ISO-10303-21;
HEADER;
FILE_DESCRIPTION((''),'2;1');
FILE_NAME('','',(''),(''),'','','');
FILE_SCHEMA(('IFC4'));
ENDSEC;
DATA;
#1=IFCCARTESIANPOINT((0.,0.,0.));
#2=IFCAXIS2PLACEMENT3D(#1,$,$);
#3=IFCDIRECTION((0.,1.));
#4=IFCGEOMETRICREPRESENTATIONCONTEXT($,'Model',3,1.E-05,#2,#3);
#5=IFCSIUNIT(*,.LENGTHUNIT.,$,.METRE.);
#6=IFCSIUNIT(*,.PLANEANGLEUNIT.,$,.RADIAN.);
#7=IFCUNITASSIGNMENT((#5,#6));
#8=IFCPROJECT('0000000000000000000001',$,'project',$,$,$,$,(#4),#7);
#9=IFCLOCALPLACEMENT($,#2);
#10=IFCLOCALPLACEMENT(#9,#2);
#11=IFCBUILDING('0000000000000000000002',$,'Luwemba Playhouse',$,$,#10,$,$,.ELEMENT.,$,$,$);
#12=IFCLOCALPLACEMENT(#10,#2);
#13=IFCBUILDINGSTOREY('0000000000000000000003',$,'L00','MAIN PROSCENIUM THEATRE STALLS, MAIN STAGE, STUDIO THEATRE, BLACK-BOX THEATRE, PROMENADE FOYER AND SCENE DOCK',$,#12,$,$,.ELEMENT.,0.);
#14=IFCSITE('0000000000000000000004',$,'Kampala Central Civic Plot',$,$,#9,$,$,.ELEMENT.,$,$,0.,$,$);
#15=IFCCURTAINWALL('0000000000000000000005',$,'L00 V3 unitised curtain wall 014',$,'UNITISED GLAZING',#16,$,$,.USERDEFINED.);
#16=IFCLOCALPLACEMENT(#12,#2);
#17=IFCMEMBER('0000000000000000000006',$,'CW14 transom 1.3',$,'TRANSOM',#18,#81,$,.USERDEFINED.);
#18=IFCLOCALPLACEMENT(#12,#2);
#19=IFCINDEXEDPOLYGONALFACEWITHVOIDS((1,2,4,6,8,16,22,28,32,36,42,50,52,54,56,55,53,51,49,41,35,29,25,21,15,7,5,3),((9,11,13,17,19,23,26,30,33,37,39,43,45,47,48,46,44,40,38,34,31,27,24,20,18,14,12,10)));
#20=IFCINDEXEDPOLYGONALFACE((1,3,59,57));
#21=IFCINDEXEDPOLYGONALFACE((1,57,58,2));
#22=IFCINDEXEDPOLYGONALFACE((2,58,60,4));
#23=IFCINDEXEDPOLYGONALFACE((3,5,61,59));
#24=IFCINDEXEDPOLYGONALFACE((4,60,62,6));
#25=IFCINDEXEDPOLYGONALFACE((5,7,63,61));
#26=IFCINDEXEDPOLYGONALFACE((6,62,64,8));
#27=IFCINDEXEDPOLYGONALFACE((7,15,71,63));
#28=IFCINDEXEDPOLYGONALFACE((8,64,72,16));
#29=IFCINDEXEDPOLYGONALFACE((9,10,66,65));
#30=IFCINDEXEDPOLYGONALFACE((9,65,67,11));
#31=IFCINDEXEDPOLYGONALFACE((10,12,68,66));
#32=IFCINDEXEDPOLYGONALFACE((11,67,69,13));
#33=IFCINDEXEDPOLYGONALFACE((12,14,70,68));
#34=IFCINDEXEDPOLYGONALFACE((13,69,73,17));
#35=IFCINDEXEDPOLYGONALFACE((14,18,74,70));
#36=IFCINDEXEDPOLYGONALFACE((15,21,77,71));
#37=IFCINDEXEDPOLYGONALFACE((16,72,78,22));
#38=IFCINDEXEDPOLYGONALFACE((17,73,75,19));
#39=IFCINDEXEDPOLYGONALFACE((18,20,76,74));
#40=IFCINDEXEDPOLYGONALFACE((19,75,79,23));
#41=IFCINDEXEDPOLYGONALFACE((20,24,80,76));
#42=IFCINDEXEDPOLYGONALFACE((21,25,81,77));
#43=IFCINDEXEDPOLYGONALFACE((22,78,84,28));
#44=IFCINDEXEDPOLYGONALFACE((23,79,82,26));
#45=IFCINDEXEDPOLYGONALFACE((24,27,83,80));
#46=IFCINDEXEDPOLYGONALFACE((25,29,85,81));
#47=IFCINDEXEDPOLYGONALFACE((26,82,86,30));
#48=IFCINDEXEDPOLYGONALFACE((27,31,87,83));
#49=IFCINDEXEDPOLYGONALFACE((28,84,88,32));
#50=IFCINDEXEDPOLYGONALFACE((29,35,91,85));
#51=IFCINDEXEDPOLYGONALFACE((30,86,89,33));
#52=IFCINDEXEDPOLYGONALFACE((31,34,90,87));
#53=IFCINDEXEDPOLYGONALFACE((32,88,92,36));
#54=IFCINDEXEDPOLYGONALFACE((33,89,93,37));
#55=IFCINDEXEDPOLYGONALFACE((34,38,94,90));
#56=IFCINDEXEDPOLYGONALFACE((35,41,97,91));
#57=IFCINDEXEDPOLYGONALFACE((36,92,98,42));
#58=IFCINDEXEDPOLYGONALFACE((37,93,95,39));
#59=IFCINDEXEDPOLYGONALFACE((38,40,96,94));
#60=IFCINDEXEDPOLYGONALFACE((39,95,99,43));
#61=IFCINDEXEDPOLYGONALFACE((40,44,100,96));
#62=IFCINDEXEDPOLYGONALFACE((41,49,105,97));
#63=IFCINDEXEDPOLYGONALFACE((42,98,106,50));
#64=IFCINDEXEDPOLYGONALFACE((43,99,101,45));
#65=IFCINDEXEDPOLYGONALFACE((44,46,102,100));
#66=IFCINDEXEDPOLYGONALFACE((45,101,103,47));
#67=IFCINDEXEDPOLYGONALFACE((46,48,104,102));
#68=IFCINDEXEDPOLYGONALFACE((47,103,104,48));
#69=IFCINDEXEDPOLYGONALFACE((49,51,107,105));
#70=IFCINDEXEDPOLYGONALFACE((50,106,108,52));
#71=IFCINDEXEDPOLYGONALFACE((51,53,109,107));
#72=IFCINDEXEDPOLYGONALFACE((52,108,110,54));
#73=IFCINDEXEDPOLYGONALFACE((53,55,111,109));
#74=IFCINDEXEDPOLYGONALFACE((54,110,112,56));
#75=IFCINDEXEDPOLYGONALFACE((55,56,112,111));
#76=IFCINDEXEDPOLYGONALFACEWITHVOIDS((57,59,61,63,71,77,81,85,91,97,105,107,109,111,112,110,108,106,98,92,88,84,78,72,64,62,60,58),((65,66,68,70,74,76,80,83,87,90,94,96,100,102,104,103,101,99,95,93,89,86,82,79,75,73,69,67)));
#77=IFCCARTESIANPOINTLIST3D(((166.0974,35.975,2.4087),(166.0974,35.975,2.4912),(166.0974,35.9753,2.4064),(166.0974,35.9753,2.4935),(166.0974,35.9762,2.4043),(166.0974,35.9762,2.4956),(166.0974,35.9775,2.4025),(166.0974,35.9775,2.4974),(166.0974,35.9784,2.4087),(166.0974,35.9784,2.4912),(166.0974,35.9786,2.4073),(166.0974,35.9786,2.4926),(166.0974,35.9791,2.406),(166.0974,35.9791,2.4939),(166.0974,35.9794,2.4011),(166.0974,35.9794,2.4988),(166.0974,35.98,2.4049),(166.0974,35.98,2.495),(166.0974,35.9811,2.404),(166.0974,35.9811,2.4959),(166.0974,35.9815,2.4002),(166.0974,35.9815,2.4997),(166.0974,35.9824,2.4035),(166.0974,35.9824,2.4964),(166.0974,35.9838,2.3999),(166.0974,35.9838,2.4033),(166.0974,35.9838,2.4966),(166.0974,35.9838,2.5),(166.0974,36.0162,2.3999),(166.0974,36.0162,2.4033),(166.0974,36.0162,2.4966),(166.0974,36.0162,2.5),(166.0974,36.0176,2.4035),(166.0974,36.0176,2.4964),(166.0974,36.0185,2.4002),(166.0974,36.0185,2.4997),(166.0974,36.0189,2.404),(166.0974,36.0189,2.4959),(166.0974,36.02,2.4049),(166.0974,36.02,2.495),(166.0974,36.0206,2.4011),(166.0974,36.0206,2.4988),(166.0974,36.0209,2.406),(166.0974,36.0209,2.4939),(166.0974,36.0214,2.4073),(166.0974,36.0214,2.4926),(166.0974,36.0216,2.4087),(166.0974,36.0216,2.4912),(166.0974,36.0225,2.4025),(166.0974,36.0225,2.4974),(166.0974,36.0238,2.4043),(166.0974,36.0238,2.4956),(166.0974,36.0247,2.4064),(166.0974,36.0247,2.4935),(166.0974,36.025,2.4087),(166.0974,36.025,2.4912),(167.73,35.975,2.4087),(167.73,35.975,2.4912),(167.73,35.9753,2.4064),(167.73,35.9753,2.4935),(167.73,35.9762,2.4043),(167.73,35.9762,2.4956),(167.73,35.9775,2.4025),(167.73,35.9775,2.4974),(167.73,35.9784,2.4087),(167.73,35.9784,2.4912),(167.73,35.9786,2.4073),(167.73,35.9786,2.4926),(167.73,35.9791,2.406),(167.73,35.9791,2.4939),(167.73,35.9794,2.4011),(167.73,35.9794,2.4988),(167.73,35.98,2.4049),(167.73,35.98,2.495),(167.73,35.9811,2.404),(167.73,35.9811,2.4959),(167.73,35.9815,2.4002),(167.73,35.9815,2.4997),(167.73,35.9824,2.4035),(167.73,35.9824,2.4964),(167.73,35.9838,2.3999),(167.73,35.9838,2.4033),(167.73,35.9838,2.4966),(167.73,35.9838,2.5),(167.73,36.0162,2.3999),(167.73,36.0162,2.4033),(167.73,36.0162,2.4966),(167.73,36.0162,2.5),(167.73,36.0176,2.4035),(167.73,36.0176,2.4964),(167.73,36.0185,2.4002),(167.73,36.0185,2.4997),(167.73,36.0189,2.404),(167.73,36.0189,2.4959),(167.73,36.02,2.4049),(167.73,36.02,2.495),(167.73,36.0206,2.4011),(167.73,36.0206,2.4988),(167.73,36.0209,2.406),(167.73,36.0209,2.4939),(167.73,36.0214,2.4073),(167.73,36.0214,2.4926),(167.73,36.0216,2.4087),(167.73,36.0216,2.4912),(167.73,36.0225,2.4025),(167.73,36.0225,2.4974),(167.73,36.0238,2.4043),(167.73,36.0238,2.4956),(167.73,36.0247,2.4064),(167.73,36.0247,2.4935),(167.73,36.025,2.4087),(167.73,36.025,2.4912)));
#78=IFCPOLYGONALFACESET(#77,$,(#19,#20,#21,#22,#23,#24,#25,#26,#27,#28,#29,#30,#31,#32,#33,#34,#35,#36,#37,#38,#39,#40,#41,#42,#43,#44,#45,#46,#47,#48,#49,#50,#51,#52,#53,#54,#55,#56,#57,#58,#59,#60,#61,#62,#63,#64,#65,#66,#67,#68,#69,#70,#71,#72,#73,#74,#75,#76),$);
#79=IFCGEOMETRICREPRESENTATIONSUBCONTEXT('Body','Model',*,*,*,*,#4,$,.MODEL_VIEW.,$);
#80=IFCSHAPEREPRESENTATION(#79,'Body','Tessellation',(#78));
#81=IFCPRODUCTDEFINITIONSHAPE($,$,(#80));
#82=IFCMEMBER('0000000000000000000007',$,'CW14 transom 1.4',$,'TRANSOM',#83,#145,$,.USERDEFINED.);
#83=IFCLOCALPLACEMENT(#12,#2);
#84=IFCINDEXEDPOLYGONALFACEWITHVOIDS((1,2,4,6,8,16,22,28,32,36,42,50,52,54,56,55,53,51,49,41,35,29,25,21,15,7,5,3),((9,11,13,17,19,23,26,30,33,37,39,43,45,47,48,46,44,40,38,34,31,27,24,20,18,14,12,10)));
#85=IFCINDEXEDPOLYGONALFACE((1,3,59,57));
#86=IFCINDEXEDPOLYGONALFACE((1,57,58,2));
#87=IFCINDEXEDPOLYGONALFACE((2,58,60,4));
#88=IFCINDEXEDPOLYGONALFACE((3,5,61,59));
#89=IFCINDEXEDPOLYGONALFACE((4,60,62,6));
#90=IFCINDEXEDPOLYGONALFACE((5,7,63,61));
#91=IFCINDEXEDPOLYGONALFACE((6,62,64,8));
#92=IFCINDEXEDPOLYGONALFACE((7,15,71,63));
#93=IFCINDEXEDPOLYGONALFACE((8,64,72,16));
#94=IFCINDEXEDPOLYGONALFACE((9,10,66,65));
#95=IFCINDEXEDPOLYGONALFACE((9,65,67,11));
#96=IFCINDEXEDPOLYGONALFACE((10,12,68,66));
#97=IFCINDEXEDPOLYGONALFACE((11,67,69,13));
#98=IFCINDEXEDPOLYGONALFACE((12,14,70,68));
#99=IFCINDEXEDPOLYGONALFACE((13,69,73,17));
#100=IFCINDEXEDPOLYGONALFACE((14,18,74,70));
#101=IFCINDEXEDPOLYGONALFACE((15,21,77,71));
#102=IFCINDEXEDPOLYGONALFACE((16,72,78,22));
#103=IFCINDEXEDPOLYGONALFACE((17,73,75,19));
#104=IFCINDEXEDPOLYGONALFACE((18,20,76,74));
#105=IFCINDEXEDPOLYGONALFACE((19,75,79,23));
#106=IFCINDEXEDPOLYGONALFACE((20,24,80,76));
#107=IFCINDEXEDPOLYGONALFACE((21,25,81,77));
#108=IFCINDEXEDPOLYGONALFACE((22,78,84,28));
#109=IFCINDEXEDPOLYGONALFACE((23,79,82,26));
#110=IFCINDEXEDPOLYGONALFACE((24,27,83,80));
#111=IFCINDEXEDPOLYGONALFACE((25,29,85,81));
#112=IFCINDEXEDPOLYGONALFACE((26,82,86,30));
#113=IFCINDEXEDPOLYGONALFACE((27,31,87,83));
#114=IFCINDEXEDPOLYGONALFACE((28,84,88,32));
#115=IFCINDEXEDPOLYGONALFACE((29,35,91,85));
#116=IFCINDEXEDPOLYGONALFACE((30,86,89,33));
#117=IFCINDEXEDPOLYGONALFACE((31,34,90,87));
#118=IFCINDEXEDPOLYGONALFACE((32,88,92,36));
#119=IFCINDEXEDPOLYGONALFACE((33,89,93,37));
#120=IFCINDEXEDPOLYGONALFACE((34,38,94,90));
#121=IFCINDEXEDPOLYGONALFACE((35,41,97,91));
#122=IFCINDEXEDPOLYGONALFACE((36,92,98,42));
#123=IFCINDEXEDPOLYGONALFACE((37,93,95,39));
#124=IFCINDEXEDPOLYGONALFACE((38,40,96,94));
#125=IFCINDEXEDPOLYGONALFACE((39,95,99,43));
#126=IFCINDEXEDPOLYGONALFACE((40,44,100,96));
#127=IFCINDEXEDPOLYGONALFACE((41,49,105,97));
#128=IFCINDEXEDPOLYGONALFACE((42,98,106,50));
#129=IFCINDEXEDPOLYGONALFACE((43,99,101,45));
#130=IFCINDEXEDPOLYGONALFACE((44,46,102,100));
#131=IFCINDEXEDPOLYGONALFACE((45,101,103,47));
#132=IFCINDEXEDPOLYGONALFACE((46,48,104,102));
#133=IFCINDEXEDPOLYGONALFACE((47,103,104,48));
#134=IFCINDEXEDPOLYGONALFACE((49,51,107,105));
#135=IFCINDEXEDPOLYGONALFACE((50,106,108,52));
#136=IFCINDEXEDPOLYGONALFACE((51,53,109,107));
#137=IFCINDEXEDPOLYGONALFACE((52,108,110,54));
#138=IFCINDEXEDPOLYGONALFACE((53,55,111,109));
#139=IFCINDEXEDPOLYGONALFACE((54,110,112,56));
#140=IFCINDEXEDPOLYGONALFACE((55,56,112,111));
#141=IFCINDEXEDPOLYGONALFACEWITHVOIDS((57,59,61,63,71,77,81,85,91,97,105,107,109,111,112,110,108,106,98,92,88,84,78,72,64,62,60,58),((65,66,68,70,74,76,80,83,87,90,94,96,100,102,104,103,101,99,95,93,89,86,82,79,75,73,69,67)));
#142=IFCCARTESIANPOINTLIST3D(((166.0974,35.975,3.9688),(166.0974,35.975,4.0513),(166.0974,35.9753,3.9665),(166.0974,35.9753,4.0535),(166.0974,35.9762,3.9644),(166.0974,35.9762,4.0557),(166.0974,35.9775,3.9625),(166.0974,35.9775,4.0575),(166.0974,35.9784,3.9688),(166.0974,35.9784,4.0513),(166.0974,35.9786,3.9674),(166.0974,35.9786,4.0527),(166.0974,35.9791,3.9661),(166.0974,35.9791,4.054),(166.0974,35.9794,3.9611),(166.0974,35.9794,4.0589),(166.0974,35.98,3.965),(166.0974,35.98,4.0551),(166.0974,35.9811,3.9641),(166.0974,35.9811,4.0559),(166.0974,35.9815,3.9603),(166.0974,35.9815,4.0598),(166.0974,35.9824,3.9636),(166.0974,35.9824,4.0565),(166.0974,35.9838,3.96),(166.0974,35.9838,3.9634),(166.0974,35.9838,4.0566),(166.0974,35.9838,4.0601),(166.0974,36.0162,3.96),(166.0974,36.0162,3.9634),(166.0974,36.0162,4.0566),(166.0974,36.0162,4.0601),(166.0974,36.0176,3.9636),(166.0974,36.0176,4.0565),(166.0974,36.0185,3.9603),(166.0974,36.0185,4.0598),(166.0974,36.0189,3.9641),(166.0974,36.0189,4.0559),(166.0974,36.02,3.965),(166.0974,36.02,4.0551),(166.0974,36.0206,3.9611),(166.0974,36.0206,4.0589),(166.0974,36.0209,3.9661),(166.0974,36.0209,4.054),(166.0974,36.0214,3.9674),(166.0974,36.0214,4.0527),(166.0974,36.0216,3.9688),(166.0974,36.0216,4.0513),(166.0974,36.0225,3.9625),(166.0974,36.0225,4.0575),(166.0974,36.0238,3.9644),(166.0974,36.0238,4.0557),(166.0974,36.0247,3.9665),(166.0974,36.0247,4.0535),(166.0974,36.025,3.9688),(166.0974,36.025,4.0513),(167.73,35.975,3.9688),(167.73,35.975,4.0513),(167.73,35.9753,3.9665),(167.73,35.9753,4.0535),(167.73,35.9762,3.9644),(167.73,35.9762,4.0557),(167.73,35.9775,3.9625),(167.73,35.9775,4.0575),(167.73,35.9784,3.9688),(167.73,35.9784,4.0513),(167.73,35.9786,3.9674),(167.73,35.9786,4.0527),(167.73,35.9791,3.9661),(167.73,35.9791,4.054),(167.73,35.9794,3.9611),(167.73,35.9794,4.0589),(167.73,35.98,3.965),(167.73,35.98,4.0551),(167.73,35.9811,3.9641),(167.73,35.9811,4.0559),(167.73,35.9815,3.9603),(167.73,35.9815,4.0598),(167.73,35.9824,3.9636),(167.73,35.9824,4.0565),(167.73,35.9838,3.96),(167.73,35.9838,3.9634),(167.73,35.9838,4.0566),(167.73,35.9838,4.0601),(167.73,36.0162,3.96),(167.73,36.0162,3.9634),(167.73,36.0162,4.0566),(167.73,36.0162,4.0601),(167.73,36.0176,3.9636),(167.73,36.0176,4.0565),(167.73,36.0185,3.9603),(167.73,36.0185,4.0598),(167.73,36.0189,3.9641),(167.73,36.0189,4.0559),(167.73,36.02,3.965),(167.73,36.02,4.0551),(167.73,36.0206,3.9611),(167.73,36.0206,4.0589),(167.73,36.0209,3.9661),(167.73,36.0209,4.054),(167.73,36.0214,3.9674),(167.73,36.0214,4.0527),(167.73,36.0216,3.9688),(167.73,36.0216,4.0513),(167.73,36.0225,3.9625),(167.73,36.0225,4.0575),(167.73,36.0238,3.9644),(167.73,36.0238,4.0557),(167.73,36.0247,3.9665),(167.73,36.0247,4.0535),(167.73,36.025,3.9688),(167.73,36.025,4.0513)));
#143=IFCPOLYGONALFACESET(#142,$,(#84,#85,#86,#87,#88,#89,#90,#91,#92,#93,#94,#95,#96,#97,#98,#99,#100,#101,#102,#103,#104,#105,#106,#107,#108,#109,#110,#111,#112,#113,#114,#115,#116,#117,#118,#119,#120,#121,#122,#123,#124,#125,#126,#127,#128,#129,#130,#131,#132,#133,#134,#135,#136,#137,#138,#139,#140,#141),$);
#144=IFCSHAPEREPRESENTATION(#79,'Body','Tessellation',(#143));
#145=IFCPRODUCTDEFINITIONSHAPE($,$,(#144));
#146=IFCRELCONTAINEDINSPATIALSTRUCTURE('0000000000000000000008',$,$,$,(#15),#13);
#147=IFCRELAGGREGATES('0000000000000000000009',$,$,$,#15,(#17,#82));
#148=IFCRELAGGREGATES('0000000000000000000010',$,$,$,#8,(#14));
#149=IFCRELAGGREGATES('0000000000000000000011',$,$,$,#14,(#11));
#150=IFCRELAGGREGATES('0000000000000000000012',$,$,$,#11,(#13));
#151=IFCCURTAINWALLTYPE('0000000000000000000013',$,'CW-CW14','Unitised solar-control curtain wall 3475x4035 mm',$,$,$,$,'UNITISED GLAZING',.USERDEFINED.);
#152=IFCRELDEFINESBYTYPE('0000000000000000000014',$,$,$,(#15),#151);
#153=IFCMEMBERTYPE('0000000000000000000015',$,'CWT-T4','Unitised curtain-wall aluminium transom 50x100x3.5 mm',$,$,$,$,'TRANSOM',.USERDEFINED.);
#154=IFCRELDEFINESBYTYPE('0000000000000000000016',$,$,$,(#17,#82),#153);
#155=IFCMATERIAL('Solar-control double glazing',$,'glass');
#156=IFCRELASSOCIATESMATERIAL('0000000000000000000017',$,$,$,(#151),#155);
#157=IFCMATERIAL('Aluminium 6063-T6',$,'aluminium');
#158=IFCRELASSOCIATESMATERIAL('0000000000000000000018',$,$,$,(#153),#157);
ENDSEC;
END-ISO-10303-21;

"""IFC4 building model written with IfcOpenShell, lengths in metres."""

from ifc_helpers import new_model, si_unit, direction, frame, origin, origin_2d, place, context, subcontext, project, spatial, hollow_rectangle, extrude, material, material_profile, profile_set, type_object, element, aggregate, save


model = new_model("IFC4")

# Units and contexts
model_context = context("Model", 3, precision=1e-05, world=origin(), true_north=direction((0.0, 1.0)))
body_context = subcontext(model_context, "Body", "Model", "MODEL_VIEW")
ifc_project = project(units=[si_unit("LENGTHUNIT", "METRE"), si_unit("PLANEANGLEUNIT", "RADIAN")], contexts=[model_context])

# Site, building, storey
site_placement = place(None, origin())
site = spatial("IfcSite", under=ifc_project, at=site_placement, Name="Kampala Central Civic Plot", CompositionType="ELEMENT", RefElevation=0.0)
building_placement = place(site_placement, origin())
building = spatial("IfcBuilding", under=site, at=building_placement, Name="Luwemba Playhouse", CompositionType="ELEMENT")
storey_placement = place(building_placement, origin())
storey = spatial("IfcBuildingStorey", under=building, at=storey_placement, Name="L00", Description="MAIN PROSCENIUM THEATRE STALLS, MAIN STAGE, STUDIO THEATRE, BLACK-BOX THEATRE, PROMENADE FOYER AND SCENE DOCK", CompositionType="ELEMENT", Elevation=0.0)

# Curtain wall, members
ifc_material_1 = material(Name="Solar-control double glazing", Category="glass")
curtain_wall_type = type_object("IfcCurtainWallType", Name="CW-CW14", Description="Unitised solar-control curtain wall 3475x4035 mm", ElementType="UNITISED GLAZING", PredefinedType="USERDEFINED", material=ifc_material_1)
curtain_wall_placement = place(storey_placement, origin())
curtain_wall = element("IfcCurtainWall", 1, at=curtain_wall_placement, inside=storey, type_object=curtain_wall_type, Name="L00 V3 unitised curtain wall 014", ObjectType="UNITISED GLAZING", PredefinedType="USERDEFINED")
ifc_material_2 = material(Name="Aluminium 6063-T6", Category="aluminium")
ifc_material_profile_1 = material_profile(ifc_material_2, hollow_rectangle(XDim=0.05, YDim=0.1001, WallThickness=0.0034, InnerFilletRadius=0.0054, OuterFilletRadius=0.0088, at=origin_2d()))
ifc_profile_set_1 = profile_set([ifc_material_profile_1], Name="Aluminium 6063-T6")
member_type_1 = type_object("IfcMemberType", Name="CWT-T4", Description="Unitised curtain-wall aluminium transom 50x100x3.5 mm", ElementType="TRANSOM", PredefinedType="USERDEFINED", material=ifc_profile_set_1)
member_1_placement = place(storey_placement, frame((167.73, 36.0, 2.45), z_axis=(-1.0, 0.0, 0.0), x_axis=(0.0, -1.0, 0.0)))
member_1 = element("IfcMember", 2, at=member_1_placement, type_object=member_type_1, Name="CW14 transom 1.3", ObjectType="TRANSOM", PredefinedType="USERDEFINED", context=body_context, shape_type="SweptSolid", body=[
    extrude(hollow_rectangle(XDim=0.05, YDim=0.1001, WallThickness=0.0034, InnerFilletRadius=0.0054, OuterFilletRadius=0.0088, at=origin_2d()), origin(), (0.0, 0.0, 1.0), 1.6326),
])
member_2_placement = place(storey_placement, frame((167.73, 36.0, 4.01), z_axis=(-1.0, 0.0, 0.0), x_axis=(0.0, -1.0, 0.0)))
member_2 = element("IfcMember", 3, at=member_2_placement, type_object=member_type_1, Name="CW14 transom 1.4", ObjectType="TRANSOM", PredefinedType="USERDEFINED", context=body_context, shape_type="SweptSolid", body=[
    extrude(hollow_rectangle(XDim=0.05, YDim=0.1001, WallThickness=0.0034, InnerFilletRadius=0.0054, OuterFilletRadius=0.0088, at=origin_2d()), origin(), (0.0, 0.0, 1.0), 1.6326),
])
aggregate(curtain_wall, [member_1, member_2])

save(model, "model.ifc")
